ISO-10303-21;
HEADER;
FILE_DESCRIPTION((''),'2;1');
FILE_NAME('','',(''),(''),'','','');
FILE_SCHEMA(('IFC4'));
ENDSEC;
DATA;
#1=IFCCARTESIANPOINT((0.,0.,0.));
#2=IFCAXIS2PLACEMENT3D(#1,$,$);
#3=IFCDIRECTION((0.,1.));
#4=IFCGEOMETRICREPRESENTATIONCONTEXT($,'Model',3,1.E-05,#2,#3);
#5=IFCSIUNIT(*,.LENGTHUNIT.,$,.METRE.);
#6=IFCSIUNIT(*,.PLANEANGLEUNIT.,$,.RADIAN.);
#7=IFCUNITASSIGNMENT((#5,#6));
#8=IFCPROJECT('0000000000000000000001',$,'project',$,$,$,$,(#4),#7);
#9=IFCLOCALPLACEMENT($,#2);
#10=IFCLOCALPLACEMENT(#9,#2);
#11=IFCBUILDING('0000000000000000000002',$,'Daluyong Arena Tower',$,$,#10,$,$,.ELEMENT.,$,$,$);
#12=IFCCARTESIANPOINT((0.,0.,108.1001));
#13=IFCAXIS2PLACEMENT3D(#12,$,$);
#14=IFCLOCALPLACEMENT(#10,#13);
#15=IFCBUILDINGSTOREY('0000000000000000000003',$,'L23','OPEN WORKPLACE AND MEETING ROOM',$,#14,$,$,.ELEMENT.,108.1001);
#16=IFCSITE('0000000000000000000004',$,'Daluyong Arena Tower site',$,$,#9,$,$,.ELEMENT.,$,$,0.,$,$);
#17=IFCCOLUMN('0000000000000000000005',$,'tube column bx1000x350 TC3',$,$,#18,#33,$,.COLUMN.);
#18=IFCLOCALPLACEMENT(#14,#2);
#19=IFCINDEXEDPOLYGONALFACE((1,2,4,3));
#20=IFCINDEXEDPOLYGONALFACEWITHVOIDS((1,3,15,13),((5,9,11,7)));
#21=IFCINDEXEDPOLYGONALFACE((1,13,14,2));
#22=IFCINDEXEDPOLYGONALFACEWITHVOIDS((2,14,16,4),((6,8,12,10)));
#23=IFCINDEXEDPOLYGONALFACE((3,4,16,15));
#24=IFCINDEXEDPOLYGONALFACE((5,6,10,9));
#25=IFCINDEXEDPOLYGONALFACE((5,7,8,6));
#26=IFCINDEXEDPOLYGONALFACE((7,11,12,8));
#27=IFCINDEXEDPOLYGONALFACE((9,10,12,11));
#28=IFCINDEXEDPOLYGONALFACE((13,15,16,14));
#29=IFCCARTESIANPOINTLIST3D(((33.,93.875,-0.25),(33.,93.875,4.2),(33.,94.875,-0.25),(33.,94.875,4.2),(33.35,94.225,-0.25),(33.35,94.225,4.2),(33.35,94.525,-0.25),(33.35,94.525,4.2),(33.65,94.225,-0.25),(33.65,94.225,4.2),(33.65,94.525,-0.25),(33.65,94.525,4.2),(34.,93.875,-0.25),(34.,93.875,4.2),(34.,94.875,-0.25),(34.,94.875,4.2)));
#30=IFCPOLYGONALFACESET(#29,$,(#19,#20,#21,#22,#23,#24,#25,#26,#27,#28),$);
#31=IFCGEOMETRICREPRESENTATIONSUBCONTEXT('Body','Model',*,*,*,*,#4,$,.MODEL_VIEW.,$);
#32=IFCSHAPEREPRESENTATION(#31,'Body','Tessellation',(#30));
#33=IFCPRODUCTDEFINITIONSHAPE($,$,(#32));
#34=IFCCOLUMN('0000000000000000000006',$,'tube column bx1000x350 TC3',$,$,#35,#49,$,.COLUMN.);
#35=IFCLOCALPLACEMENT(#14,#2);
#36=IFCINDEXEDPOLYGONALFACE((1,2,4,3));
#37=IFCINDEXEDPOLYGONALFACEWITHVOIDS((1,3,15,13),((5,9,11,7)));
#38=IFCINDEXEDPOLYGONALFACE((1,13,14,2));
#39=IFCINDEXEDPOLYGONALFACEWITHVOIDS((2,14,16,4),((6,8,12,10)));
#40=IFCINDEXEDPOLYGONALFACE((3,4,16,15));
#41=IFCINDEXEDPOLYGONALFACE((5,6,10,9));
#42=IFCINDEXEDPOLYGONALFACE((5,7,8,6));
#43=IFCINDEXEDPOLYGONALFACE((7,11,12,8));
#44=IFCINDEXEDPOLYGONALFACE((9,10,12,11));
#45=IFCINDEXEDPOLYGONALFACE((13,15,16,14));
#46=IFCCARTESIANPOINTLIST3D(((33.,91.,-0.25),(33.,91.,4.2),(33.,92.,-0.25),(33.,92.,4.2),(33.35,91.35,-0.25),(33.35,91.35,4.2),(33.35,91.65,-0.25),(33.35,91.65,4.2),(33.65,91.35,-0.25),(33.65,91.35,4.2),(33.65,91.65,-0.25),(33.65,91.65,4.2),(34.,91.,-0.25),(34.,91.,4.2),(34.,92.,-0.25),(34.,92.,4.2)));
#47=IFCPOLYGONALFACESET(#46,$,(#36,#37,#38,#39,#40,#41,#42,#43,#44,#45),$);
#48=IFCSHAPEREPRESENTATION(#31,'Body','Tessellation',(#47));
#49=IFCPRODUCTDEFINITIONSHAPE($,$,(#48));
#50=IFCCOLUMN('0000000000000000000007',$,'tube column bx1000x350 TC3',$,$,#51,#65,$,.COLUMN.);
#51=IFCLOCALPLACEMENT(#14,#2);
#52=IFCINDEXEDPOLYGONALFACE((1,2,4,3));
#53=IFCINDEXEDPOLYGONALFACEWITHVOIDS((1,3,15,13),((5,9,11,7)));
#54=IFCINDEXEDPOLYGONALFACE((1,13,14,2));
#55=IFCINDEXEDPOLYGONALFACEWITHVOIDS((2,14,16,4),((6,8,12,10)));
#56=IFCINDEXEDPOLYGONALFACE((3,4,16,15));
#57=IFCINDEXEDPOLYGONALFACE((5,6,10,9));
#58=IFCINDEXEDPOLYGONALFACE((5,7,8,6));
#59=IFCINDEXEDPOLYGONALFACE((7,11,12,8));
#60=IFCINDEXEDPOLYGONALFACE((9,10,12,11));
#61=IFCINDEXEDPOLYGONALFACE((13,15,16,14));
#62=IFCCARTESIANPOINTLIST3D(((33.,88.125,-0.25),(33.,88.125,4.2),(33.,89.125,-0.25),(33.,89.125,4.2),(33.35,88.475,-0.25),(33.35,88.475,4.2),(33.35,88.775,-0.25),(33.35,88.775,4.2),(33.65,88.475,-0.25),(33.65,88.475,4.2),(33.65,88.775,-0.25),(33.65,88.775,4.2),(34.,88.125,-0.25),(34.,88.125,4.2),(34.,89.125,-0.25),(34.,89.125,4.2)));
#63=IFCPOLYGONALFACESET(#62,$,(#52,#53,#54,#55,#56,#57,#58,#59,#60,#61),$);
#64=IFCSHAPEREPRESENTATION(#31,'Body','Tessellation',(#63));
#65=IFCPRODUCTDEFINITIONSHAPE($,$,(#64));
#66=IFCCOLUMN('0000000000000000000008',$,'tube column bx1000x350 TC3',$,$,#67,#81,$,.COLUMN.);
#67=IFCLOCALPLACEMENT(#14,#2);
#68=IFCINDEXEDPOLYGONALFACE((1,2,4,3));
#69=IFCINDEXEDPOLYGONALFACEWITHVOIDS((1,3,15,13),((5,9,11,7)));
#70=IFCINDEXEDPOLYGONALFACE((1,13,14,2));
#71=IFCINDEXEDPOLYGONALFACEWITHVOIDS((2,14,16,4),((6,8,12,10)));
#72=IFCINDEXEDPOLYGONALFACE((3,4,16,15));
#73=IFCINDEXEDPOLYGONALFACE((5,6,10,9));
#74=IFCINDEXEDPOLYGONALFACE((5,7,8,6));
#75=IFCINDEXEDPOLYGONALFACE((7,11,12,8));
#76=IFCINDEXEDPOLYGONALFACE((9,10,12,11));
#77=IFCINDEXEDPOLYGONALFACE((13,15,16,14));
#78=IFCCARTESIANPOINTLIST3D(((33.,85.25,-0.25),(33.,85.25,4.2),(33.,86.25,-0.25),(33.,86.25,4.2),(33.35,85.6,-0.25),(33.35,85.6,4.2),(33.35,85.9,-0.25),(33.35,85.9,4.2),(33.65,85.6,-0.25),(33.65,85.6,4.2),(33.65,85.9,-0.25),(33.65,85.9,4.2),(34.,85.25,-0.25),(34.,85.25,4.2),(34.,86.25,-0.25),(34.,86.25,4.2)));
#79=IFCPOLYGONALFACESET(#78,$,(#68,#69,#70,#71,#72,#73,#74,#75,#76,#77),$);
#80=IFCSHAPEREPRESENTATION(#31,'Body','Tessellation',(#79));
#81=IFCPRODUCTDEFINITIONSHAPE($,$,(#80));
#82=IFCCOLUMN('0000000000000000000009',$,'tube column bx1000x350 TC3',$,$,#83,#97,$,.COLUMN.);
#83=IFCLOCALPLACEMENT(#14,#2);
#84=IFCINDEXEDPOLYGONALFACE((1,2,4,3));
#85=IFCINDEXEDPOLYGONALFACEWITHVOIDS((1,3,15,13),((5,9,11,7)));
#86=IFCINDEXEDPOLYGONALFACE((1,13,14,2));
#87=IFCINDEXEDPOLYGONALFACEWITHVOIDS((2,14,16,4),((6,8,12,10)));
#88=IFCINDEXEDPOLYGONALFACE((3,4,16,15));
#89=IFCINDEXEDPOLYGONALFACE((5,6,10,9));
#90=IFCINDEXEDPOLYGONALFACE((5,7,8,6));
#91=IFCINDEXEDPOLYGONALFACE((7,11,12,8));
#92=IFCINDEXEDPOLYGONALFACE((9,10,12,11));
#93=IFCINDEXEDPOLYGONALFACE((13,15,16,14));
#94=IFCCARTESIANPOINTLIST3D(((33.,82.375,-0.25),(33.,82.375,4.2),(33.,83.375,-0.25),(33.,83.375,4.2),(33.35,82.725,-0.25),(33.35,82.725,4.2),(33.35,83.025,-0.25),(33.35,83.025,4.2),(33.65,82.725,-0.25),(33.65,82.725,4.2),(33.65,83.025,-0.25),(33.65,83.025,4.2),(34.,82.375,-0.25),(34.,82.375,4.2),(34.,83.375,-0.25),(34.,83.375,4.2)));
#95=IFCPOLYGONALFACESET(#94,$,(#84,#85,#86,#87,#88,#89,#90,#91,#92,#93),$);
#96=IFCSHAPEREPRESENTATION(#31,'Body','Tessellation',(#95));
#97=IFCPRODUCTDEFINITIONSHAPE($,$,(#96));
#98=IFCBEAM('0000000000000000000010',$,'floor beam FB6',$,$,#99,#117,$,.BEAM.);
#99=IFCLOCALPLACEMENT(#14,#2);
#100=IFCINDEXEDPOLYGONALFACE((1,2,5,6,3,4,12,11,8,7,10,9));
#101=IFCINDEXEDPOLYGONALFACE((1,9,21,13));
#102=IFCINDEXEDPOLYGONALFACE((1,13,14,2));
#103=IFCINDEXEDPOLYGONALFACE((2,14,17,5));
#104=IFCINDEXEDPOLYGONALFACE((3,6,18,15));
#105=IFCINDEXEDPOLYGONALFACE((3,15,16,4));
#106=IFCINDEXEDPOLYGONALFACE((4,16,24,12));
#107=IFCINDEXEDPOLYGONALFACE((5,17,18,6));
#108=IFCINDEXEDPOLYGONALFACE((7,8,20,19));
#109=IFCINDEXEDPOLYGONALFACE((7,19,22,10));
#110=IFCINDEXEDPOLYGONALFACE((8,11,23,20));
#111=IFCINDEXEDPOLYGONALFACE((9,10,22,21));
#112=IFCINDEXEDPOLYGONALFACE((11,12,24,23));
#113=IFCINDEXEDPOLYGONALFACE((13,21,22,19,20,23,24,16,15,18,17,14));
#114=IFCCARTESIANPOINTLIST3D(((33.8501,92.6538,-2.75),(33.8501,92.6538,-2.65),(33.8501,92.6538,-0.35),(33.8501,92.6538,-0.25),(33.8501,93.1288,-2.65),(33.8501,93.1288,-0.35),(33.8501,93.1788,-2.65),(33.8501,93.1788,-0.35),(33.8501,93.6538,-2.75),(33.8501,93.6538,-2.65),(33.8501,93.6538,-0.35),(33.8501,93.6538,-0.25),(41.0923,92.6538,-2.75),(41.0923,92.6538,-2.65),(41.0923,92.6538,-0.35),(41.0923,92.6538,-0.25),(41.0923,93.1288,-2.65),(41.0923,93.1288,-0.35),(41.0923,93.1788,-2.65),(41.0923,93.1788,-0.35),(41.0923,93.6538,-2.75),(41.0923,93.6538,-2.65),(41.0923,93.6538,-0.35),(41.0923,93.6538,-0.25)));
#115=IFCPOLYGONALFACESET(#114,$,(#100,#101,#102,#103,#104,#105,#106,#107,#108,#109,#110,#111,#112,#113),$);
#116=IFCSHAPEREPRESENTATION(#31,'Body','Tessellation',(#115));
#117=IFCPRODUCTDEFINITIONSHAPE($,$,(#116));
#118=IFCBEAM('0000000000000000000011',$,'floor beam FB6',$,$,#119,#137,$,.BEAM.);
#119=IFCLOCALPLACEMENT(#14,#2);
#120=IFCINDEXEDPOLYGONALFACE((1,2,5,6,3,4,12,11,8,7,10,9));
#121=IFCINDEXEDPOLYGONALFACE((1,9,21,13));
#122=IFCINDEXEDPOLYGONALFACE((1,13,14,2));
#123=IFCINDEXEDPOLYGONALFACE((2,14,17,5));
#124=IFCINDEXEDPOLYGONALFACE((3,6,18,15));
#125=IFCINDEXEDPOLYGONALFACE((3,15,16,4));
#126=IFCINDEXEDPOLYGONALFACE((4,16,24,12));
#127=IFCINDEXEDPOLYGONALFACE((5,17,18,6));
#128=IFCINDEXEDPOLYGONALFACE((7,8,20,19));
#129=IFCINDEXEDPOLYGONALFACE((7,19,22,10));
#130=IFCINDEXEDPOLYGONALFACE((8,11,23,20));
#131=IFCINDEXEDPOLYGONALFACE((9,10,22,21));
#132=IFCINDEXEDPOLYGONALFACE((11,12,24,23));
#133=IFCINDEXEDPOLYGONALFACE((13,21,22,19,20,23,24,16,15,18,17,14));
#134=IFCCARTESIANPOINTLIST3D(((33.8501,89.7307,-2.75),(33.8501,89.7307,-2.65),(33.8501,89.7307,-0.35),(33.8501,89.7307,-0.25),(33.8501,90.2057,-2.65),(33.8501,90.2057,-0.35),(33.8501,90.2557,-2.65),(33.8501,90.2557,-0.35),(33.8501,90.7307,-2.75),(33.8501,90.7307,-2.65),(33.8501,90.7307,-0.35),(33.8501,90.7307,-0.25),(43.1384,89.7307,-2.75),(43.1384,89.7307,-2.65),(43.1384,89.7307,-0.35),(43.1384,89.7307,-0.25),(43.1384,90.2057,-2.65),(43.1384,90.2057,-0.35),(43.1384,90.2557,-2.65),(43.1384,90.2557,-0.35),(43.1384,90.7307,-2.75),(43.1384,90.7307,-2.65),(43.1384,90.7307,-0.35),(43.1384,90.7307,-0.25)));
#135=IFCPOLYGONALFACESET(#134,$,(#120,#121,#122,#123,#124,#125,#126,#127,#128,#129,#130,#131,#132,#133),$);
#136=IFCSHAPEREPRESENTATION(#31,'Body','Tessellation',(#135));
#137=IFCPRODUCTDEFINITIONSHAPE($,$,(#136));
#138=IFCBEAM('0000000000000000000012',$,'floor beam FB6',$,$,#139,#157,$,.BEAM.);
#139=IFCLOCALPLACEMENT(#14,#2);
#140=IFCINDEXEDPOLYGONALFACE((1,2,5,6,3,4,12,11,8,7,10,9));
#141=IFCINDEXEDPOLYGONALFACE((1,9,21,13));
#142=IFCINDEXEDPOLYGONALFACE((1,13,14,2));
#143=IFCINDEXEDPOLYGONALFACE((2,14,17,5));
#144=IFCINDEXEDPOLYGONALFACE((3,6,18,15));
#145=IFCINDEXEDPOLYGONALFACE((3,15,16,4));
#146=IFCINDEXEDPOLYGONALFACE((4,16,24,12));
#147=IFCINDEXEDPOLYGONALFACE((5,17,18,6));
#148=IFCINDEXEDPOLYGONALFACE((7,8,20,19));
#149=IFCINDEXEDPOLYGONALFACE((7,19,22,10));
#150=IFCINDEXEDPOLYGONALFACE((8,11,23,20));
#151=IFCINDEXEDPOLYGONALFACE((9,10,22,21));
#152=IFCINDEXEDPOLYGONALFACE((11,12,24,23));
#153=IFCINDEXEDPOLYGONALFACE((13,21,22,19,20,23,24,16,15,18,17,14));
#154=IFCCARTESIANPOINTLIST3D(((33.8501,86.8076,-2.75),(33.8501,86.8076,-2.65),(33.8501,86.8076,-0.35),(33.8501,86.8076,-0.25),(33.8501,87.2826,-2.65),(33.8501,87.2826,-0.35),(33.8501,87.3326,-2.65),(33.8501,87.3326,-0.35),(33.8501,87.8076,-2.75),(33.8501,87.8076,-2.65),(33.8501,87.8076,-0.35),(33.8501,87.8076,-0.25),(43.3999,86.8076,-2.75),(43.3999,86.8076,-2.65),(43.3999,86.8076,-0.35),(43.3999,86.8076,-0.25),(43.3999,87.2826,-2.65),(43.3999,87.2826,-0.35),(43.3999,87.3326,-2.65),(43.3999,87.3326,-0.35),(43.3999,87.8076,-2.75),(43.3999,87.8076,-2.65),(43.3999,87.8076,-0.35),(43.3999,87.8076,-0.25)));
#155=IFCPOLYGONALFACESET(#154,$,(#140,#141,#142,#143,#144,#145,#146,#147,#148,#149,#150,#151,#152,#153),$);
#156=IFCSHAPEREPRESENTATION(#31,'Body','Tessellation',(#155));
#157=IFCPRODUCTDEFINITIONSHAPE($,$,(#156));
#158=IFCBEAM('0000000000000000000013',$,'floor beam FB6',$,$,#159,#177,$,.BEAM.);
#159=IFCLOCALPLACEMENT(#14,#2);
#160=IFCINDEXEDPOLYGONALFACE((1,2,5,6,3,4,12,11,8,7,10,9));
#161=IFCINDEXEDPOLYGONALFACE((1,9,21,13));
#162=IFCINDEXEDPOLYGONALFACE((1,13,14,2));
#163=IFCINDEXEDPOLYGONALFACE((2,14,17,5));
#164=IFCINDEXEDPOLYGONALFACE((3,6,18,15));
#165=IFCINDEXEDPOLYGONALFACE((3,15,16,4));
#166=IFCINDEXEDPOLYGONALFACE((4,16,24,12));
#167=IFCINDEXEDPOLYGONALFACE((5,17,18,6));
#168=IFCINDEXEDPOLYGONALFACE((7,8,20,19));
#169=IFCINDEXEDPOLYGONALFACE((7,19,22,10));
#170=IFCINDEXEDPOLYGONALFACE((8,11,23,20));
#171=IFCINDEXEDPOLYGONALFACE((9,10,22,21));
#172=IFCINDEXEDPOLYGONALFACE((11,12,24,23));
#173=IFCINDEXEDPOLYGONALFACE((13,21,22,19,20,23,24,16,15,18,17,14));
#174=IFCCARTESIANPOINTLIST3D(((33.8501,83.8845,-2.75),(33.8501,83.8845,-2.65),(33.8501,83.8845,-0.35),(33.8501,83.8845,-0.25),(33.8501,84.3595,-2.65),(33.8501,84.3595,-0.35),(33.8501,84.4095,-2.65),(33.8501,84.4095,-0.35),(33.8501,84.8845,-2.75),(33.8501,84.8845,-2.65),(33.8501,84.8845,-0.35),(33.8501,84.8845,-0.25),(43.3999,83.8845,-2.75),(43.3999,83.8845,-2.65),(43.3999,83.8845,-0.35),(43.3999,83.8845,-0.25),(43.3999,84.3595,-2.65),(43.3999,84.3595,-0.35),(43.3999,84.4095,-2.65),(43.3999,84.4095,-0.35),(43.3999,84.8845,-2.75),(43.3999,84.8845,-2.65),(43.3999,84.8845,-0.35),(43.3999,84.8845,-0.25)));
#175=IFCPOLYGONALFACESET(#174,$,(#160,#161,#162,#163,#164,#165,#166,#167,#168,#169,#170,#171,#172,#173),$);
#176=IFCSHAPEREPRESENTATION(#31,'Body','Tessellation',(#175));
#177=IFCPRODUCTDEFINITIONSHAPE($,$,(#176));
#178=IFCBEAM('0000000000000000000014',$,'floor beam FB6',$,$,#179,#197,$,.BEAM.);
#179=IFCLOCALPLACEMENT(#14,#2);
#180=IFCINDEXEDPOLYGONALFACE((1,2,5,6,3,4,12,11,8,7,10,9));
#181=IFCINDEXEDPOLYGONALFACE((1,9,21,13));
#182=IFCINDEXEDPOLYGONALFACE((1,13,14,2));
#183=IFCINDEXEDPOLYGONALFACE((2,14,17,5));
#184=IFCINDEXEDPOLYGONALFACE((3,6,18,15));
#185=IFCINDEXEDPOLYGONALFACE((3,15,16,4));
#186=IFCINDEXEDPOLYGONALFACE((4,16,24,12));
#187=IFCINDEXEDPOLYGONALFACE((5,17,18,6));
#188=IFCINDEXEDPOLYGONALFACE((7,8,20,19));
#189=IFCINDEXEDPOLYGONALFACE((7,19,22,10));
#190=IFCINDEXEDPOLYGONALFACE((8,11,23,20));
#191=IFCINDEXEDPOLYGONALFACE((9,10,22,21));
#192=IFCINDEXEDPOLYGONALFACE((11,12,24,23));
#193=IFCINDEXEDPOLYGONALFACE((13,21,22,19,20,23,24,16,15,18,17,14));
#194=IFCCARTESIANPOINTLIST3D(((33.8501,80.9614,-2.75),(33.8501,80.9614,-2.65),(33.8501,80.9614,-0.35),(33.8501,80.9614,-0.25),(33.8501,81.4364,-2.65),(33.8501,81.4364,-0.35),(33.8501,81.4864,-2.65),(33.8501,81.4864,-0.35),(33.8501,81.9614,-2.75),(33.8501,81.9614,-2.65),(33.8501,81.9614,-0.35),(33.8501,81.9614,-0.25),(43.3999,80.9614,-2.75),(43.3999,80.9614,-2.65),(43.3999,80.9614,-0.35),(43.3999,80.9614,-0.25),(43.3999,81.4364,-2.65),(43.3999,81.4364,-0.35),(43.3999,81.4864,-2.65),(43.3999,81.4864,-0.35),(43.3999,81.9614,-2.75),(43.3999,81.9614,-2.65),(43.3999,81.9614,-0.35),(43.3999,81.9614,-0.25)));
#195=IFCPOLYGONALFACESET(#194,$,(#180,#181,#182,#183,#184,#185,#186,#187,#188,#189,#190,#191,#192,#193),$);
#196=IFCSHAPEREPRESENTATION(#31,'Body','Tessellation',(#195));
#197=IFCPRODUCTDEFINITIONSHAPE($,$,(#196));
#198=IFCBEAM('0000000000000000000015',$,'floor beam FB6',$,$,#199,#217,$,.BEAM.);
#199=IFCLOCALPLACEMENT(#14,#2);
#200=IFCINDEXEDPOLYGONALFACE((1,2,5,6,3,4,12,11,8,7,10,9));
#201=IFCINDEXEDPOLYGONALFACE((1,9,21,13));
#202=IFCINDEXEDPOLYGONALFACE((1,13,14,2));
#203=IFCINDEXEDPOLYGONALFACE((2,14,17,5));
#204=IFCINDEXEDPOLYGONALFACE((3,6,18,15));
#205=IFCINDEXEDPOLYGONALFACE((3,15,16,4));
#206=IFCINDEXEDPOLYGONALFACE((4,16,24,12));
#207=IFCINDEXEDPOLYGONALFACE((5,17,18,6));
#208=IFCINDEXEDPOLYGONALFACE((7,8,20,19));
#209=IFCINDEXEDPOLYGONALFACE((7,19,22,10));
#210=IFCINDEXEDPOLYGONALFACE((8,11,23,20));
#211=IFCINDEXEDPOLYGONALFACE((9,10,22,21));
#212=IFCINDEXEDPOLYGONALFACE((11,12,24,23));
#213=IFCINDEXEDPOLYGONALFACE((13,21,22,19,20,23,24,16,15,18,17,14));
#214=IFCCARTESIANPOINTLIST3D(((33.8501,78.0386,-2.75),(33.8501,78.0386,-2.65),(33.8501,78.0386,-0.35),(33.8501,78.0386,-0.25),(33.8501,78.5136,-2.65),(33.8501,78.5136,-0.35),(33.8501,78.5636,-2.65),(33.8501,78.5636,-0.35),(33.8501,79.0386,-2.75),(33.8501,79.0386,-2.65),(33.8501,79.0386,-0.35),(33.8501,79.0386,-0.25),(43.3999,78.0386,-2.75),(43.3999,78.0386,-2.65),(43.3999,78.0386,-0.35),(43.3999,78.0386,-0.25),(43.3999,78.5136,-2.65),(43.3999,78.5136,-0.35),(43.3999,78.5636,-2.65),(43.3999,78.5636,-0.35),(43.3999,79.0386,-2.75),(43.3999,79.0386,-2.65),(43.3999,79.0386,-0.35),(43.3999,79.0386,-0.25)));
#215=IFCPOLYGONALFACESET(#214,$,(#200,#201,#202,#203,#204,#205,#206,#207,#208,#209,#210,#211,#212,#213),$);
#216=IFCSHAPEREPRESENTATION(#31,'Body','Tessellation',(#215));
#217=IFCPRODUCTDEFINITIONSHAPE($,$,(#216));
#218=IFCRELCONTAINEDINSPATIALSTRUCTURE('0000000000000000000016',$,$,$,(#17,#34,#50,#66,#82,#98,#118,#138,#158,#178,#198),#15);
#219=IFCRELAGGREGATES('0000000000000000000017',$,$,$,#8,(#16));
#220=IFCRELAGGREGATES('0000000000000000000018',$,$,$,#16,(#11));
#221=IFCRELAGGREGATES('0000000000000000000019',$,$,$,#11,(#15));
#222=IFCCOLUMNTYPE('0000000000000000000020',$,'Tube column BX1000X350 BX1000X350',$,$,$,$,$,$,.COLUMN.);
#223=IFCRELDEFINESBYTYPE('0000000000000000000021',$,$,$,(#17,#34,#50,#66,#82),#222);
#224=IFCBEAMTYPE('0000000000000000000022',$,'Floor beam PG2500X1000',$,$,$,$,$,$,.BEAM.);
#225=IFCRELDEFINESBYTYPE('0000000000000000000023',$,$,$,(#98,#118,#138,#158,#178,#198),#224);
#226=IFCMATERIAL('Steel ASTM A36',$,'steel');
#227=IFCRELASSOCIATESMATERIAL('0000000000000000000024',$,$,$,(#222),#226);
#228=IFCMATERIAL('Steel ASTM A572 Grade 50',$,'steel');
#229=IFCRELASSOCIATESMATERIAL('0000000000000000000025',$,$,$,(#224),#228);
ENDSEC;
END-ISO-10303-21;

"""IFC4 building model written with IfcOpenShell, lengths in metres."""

from ifc_helpers import new_model, si_unit, direction, frame, origin, origin_2d, place, context, subcontext, project, spatial, hollow_rectangle, i_section, extrude, material, material_profile, profile_set, type_object, element, save


model = new_model("IFC4")

# Units and contexts
model_context = context("Model", 3, precision=1e-05, world=origin(), true_north=direction((0.0, 1.0)))
body_context = subcontext(model_context, "Body", "Model", "MODEL_VIEW")
ifc_project = project(units=[si_unit("LENGTHUNIT", "METRE"), si_unit("PLANEANGLEUNIT", "RADIAN")], contexts=[model_context])

# Site, building, storey
site_placement = place(None, origin())
site = spatial("IfcSite", under=ifc_project, at=site_placement, Name="Daluyong Arena Tower site", CompositionType="ELEMENT", RefElevation=0.0)
building_placement = place(site_placement, origin())
building = spatial("IfcBuilding", under=site, at=building_placement, Name="Daluyong Arena Tower", CompositionType="ELEMENT")
storey_placement = place(building_placement, frame((0.0, 0.0, 108.1001)))
storey = spatial("IfcBuildingStorey", under=building, at=storey_placement, Name="L23", Description="OPEN WORKPLACE AND MEETING ROOM", CompositionType="ELEMENT", Elevation=108.1001)

# Columns
ifc_material_1 = material(Name="Steel ASTM A36", Category="steel")
ifc_material_profile_1 = material_profile(ifc_material_1, hollow_rectangle(XDim=1.0, YDim=1.0, WallThickness=0.35, at=origin_2d()))
ifc_profile_set_1 = profile_set([ifc_material_profile_1], Name="Steel ASTM A36")
column_type = type_object("IfcColumnType", Name="Tube column BX1000X350 BX1000X350", PredefinedType="COLUMN", material=ifc_profile_set_1)
for number, where, z_axis, x_axis, name in (
    (1, (33.5, 94.375, -0.25), (0.0, 0.0, 1.0), (0.0, 1.0, 0.0), "tube column bx1000x350 TC3"),
    (2, (33.5, 91.5, -0.25), (0.0, 0.0, 1.0), (0.0, 1.0, 0.0), "tube column bx1000x350 TC3"),
    (3, (33.5, 88.625, -0.25), (0.0, 0.0, 1.0), (0.0, 1.0, 0.0), "tube column bx1000x350 TC3"),
    (4, (33.5, 85.75, -0.25), (0.0, 0.0, 1.0), (0.0, 1.0, 0.0), "tube column bx1000x350 TC3"),
    (5, (33.5, 82.875, -0.25), (0.0, 0.0, 1.0), (0.0, 1.0, 0.0), "tube column bx1000x350 TC3"),
):
    element("IfcColumn", number, at=place(storey_placement, frame(where, z_axis=z_axis, x_axis=x_axis)), inside=storey, type_object=column_type, Name=name, PredefinedType="COLUMN", context=body_context, shape_type="SweptSolid", body=[
        extrude(hollow_rectangle(XDim=1.0, YDim=1.0, WallThickness=0.35, at=origin_2d()), origin(), (0.0, 0.0, 1.0), 4.45),
    ])

# Beams
ifc_material_2 = material(Name="Steel ASTM A572 Grade 50", Category="steel")
ifc_material_profile_2 = material_profile(ifc_material_2, i_section(OverallWidth=1.0, OverallDepth=2.5, WebThickness=0.05, FlangeThickness=0.1, at=origin_2d()))
ifc_profile_set_2 = profile_set([ifc_material_profile_2], Name="Steel ASTM A572 Grade 50")
beam_type_1 = type_object("IfcBeamType", Name="Floor beam PG2500X1000", PredefinedType="BEAM", material=ifc_profile_set_2)
beam_1_placement = place(storey_placement, frame((33.8501, 93.1538, -1.5), z_axis=(1.0, 0.0, 0.0), x_axis=(0.0, 1.0, 0.0)))
element("IfcBeam", 6, at=beam_1_placement, inside=storey, type_object=beam_type_1, Name="floor beam FB6", PredefinedType="BEAM", context=body_context, shape_type="SweptSolid", body=[
    extrude(i_section(OverallWidth=1.0, OverallDepth=2.5, WebThickness=0.05, FlangeThickness=0.1, at=origin_2d()), origin(), (0.0, 0.0, 1.0), 7.2422),
])
beam_2_placement = place(storey_placement, frame((33.8501, 90.2307, -1.5), z_axis=(1.0, 0.0, 0.0), x_axis=(0.0, 1.0, 0.0)))
element("IfcBeam", 7, at=beam_2_placement, inside=storey, type_object=beam_type_1, Name="floor beam FB6", PredefinedType="BEAM", context=body_context, shape_type="SweptSolid", body=[
    extrude(i_section(OverallWidth=1.0, OverallDepth=2.5, WebThickness=0.05, FlangeThickness=0.1, at=origin_2d()), origin(), (0.0, 0.0, 1.0), 9.2883),
])
for number, where, z_axis, x_axis, name in (
    (8, (33.8501, 87.3076, -1.5), (1.0, 0.0, 0.0), (0.0, 1.0, 0.0), "floor beam FB6"),
    (9, (33.8501, 84.3845, -1.5), (1.0, 0.0, 0.0), (0.0, 1.0, 0.0), "floor beam FB6"),
    (10, (33.8501, 81.4614, -1.5), (1.0, 0.0, 0.0), (0.0, 1.0, 0.0), "floor beam FB6"),
    (11, (33.8501, 78.5386, -1.5), (1.0, 0.0, 0.0), (0.0, 1.0, 0.0), "floor beam FB6"),
):
    element("IfcBeam", number, at=place(storey_placement, frame(where, z_axis=z_axis, x_axis=x_axis)), inside=storey, type_object=beam_type_1, Name=name, PredefinedType="BEAM", context=body_context, shape_type="SweptSolid", body=[
        extrude(i_section(OverallWidth=1.0, OverallDepth=2.5, WebThickness=0.05, FlangeThickness=0.1, at=origin_2d()), origin(), (0.0, 0.0, 1.0), 9.5498),
    ])

save(model, "model.ifc")
